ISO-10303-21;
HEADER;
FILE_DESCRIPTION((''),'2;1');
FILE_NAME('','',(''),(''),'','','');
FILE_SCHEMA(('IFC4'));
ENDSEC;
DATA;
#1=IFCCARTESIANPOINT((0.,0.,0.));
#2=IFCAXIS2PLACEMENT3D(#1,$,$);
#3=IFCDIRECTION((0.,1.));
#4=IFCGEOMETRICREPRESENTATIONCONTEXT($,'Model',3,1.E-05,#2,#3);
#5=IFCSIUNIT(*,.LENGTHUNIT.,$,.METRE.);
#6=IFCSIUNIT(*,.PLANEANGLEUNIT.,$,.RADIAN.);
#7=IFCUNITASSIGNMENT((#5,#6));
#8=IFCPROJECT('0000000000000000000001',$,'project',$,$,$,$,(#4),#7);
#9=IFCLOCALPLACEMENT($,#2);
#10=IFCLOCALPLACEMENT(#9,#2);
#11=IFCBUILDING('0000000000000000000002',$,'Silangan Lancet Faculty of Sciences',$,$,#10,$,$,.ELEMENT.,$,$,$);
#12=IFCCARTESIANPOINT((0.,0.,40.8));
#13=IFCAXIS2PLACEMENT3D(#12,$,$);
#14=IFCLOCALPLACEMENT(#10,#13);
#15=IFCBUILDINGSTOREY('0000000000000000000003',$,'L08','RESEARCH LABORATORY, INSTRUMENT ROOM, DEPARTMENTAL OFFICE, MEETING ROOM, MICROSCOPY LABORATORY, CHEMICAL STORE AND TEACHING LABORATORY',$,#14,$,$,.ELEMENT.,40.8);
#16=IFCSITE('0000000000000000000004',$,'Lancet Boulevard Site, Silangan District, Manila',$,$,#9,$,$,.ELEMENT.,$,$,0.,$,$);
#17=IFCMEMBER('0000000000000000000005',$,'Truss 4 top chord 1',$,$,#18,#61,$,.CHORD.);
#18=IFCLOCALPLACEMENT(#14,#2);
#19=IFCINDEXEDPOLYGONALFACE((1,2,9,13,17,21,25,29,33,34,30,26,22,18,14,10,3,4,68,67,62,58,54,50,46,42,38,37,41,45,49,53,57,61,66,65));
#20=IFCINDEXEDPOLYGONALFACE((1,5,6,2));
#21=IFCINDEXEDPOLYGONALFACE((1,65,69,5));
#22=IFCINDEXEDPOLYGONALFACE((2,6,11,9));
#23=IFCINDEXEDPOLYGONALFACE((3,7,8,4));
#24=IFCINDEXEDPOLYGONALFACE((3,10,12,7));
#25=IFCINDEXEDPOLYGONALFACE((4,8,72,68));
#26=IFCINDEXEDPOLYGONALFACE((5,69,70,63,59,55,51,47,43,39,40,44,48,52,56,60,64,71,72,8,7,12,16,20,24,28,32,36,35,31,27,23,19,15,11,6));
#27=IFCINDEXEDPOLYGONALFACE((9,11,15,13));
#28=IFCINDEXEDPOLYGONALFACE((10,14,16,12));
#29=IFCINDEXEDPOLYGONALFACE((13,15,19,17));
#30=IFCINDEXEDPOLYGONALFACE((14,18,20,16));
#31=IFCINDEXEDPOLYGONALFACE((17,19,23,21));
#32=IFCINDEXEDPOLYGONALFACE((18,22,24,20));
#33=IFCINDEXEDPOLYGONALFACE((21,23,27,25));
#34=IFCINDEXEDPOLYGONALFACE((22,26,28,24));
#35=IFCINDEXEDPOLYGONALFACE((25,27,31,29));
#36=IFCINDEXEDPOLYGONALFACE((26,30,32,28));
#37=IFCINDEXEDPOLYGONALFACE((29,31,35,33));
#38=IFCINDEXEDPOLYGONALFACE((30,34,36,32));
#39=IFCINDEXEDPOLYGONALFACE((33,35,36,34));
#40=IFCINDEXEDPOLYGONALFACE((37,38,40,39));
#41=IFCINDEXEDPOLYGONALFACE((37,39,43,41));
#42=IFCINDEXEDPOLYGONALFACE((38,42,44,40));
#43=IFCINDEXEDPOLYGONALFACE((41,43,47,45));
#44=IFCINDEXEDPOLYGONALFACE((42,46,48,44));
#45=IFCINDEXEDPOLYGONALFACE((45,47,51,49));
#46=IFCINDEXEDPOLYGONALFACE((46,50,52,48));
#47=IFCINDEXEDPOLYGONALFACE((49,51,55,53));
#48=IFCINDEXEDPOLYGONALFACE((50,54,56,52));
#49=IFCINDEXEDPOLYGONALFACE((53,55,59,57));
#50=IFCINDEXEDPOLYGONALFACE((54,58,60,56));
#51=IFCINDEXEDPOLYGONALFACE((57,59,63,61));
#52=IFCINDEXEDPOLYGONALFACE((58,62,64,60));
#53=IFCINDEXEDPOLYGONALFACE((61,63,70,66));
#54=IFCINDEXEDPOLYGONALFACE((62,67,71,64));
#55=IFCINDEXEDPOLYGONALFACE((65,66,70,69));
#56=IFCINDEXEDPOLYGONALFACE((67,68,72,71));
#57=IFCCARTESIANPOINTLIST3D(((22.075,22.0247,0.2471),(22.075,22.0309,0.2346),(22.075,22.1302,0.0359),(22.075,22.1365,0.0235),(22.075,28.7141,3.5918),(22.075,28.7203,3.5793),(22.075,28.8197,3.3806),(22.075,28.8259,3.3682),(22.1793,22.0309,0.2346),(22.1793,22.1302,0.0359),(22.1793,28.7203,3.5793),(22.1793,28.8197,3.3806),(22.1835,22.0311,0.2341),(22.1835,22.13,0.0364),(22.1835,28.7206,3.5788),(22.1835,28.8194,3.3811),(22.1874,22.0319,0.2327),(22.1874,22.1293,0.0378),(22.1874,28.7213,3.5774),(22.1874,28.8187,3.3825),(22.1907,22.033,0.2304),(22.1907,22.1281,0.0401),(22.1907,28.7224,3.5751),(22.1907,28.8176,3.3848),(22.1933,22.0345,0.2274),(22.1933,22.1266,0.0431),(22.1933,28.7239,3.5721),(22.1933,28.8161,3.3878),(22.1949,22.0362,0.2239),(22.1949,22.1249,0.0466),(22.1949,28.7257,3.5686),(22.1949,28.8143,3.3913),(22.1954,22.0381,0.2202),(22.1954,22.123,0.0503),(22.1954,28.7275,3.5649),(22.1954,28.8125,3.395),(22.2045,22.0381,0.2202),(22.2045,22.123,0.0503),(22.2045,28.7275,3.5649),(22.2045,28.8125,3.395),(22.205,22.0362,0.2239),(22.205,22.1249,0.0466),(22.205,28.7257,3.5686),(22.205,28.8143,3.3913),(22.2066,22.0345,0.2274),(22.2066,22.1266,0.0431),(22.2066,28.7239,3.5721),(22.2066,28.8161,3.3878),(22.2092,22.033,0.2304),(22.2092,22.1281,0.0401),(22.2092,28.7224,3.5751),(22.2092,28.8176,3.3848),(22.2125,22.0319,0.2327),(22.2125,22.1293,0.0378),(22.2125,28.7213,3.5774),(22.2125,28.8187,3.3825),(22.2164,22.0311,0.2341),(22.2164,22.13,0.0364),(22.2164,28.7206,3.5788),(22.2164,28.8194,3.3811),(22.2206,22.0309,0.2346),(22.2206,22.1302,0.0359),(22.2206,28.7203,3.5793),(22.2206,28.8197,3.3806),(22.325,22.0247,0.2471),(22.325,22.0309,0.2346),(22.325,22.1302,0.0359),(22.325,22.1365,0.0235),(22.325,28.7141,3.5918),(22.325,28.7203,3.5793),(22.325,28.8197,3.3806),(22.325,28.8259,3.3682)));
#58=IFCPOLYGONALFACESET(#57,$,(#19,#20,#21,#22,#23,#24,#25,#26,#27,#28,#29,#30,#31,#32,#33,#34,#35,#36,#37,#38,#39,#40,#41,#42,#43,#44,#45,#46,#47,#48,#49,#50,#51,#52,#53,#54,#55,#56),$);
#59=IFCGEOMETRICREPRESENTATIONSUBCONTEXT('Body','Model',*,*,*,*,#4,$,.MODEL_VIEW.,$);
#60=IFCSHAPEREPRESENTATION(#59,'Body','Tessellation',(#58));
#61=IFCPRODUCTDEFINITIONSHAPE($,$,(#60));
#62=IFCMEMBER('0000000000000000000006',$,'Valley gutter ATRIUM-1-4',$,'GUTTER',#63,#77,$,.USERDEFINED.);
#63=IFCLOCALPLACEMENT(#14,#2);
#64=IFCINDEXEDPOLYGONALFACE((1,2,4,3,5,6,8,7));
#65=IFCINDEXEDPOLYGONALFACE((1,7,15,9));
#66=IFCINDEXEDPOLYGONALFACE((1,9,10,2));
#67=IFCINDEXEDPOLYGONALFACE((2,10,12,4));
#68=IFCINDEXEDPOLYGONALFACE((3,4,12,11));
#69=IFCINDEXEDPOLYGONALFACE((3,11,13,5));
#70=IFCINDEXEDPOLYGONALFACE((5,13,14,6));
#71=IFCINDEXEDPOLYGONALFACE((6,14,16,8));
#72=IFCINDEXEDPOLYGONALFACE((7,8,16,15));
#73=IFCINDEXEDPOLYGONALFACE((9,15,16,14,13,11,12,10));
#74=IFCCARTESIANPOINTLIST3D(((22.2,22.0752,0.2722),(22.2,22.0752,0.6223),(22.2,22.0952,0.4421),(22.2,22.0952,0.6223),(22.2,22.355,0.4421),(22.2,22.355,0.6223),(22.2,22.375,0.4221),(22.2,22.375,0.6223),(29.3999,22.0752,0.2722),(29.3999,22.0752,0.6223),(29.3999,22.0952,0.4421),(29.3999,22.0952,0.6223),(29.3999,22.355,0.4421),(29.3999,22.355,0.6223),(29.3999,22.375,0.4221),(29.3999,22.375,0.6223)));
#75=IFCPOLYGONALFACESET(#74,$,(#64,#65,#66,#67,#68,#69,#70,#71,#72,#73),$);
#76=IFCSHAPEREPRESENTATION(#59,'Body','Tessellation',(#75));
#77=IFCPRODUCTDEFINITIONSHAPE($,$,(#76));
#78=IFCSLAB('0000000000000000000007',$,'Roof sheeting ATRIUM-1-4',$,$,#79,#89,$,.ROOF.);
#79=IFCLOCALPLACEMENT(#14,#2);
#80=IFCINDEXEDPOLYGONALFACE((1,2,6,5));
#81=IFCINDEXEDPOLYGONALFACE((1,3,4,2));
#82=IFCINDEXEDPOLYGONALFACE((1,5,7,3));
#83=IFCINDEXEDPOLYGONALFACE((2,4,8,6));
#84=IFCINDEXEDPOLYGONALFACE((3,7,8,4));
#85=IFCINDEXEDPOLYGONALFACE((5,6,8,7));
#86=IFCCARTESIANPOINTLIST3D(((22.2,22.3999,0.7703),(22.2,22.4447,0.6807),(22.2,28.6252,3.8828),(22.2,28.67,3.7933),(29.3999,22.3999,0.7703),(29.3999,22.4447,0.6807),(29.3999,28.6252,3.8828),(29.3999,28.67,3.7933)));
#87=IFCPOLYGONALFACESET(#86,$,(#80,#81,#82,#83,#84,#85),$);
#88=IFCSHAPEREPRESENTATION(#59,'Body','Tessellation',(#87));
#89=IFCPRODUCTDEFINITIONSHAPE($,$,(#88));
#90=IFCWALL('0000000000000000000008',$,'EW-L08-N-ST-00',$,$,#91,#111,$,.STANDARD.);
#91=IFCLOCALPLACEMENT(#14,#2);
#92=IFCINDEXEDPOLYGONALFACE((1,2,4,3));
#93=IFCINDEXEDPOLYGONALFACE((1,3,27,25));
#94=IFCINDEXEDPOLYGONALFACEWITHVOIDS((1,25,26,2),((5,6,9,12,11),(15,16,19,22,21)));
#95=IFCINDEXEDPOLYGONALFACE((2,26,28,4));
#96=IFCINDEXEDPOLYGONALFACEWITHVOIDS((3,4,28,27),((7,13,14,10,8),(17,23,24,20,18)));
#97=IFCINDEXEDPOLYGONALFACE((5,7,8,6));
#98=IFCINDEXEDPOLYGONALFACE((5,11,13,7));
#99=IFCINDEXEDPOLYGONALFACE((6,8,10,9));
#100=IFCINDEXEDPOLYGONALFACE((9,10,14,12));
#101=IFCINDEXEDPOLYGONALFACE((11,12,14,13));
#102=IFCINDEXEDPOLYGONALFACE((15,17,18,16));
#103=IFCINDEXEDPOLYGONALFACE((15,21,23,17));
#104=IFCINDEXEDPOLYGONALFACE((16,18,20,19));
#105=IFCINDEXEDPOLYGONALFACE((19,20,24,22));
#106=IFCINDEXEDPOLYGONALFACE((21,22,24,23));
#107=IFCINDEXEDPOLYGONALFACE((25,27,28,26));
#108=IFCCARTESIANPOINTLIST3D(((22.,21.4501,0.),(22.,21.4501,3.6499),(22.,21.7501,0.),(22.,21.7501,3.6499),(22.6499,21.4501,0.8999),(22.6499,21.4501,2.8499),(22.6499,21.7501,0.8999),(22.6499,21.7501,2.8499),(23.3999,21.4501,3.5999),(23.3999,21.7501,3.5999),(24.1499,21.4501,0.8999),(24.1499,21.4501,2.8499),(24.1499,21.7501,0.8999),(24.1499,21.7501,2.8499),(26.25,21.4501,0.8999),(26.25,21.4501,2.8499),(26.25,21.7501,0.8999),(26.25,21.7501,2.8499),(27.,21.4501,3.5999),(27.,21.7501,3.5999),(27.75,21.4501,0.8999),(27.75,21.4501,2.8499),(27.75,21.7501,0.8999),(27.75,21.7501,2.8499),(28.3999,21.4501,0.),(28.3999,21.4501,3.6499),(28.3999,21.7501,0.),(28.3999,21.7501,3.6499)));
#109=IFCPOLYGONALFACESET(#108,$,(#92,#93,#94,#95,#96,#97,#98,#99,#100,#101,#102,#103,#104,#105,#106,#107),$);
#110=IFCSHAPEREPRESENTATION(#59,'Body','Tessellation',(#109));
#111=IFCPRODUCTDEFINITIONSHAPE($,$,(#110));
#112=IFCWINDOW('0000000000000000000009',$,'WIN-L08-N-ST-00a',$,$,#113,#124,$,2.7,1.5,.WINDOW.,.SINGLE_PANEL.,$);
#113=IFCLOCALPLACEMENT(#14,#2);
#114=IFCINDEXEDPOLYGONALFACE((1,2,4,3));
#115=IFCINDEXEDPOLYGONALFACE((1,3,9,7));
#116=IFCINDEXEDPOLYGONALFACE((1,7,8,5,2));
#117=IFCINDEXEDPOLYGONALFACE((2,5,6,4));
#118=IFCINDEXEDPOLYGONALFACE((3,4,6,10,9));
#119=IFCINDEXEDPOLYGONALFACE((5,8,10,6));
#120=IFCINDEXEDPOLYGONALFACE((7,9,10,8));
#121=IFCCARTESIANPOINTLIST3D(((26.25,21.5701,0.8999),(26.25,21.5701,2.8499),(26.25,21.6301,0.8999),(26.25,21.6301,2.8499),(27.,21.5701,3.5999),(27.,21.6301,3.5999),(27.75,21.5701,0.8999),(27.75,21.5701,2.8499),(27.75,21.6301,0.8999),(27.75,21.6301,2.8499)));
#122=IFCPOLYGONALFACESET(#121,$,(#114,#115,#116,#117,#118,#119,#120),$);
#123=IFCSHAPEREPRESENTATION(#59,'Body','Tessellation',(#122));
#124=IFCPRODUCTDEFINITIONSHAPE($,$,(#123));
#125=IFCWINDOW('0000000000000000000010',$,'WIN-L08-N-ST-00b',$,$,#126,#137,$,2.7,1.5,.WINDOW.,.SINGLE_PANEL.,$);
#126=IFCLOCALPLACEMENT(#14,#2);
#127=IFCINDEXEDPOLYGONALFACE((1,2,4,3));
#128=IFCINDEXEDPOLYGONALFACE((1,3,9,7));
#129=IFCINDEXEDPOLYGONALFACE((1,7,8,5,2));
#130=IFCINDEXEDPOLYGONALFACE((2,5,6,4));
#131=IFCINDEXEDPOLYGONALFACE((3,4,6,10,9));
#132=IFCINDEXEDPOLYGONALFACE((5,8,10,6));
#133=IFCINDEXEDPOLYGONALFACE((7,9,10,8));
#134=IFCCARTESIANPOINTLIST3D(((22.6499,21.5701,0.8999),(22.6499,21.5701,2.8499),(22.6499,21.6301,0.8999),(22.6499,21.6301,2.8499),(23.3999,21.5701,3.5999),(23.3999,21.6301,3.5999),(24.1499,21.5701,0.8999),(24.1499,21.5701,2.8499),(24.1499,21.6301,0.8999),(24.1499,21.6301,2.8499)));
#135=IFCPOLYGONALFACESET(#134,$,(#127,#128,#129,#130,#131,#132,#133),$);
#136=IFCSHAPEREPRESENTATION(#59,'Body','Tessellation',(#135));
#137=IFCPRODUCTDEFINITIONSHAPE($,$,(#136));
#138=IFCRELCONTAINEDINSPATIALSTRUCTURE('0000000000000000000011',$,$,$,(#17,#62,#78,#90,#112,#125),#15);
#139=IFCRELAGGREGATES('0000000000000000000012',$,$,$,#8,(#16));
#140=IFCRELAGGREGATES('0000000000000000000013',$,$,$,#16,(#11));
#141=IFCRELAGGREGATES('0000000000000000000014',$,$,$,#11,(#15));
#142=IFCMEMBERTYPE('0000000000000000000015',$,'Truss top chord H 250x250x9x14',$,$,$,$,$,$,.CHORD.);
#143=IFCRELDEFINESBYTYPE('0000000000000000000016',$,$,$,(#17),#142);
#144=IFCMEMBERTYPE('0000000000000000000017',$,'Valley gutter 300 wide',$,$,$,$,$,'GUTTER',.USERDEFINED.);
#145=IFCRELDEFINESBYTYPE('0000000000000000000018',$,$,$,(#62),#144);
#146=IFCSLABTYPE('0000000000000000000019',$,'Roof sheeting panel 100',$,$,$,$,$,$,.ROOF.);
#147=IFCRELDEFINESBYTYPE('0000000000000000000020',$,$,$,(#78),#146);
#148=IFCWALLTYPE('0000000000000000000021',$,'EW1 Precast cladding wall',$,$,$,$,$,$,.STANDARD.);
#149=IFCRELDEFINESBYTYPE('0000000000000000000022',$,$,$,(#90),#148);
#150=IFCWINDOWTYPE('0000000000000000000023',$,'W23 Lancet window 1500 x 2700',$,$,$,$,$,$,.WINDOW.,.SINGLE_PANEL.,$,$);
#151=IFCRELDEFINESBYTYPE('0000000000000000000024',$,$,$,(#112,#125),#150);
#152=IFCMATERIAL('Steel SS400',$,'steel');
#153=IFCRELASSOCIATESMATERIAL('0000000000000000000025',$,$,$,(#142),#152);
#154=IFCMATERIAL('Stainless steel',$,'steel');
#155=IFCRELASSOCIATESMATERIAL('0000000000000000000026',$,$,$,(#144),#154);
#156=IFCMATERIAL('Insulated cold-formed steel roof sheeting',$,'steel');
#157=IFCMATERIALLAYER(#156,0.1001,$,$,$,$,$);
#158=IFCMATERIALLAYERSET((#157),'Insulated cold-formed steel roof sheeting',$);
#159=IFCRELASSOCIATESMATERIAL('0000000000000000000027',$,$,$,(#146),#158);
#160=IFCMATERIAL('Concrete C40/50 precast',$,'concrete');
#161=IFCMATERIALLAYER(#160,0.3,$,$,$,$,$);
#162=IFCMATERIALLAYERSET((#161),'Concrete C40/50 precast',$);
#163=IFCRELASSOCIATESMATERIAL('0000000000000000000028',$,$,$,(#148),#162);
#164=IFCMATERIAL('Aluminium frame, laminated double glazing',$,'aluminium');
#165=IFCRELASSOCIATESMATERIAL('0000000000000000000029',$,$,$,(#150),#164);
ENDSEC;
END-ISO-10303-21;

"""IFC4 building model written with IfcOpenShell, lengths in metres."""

from ifc_helpers import new_model, si_unit, direction, frame, frame_2d, origin, origin_2d, place, context, subcontext, project, spatial, polyline, rectangle, i_section, outline, extrude, material, layer, layer_set, material_profile, profile_set, type_object, element, fill, save


model = new_model("IFC4")

# Units and contexts
model_context = context("Model", 3, precision=1e-05, world=origin(), true_north=direction((0.0, 1.0)))
body_context = subcontext(model_context, "Body", "Model", "MODEL_VIEW")
ifc_project = project(units=[si_unit("LENGTHUNIT", "METRE"), si_unit("PLANEANGLEUNIT", "RADIAN")], contexts=[model_context])

# Site, building, storey
site_placement = place(None, origin())
site = spatial("IfcSite", under=ifc_project, at=site_placement, Name="Lancet Boulevard Site, Silangan District, Manila", CompositionType="ELEMENT", RefElevation=0.0)
building_placement = place(site_placement, origin())
building = spatial("IfcBuilding", under=site, at=building_placement, Name="Silangan Lancet Faculty of Sciences", CompositionType="ELEMENT")
storey_placement = place(building_placement, frame((0.0, 0.0, 40.8)))
storey = spatial("IfcBuildingStorey", under=building, at=storey_placement, Name="L08", Description="RESEARCH LABORATORY, INSTRUMENT ROOM, DEPARTMENTAL OFFICE, MEETING ROOM, MICROSCOPY LABORATORY, CHEMICAL STORE AND TEACHING LABORATORY", CompositionType="ELEMENT", Elevation=40.8)

# Members
ifc_material_1 = material(Name="Steel SS400", Category="steel")
ifc_material_profile_1 = material_profile(ifc_material_1, i_section(OverallWidth=0.25, OverallDepth=0.25, WebThickness=0.009, FlangeThickness=0.0139, FilletRadius=0.0161, at=origin_2d()), Name="H 250x250x9x14")
ifc_profile_set_1 = profile_set([ifc_material_profile_1], Name="Steel SS400")
member_type_1 = type_object("IfcMemberType", Name="Truss top chord H 250x250x9x14", PredefinedType="CHORD", material=ifc_profile_set_1)
member_1_placement = place(storey_placement, frame((22.2, 22.0806, 0.1353), z_axis=(0.0, 0.894427, 0.447214), x_axis=(-1.0, 0.0, 0.0)))
element("IfcMember", 1, at=member_1_placement, inside=storey, type_object=member_type_1, Name="Truss 4 top chord 1", PredefinedType="CHORD", context=body_context, shape_type="SweptSolid", body=[
    extrude(i_section(OverallWidth=0.25, OverallDepth=0.25, WebThickness=0.009, FlangeThickness=0.0139, FilletRadius=0.0161, at=origin_2d()), origin(), (0.0, 0.0, 1.0), 7.479),
])
ifc_material_2 = material(Name="Stainless steel", Category="steel")
ifc_material_profile_2 = material_profile(ifc_material_2, outline(polyline([(-0.1499, 0.0), (0.1499, 0.1499), (0.1499, 0.3501), (0.1299, 0.3501), (0.1299, 0.1699), (-0.1299, 0.1699), (-0.1299, 0.3501), (-0.1499, 0.3501), (-0.1499, 0.0)])), Name="valley gutter")
ifc_profile_set_2 = profile_set([ifc_material_profile_2], Name="Stainless steel")
member_type_2 = type_object("IfcMemberType", Name="Valley gutter 300 wide", ElementType="GUTTER", PredefinedType="USERDEFINED", material=ifc_profile_set_2)
member_2_placement = place(storey_placement, frame((22.2, 22.2251, 0.2722), z_axis=(1.0, 0.0, 0.0), x_axis=(0.0, 1.0, 0.0)))
element("IfcMember", 2, at=member_2_placement, inside=storey, type_object=member_type_2, Name="Valley gutter ATRIUM-1-4", ObjectType="GUTTER", PredefinedType="USERDEFINED", context=body_context, shape_type="SweptSolid", body=[
    extrude(outline(polyline([(-0.1499, 0.0), (0.1499, 0.1499), (0.1499, 0.3501), (0.1299, 0.3501), (0.1299, 0.1699), (-0.1299, 0.1699), (-0.1299, 0.3501), (-0.1499, 0.3501), (-0.1499, 0.0)])), origin(), (0.0, 0.0, 1.0), 7.2),
])

# Slab
ifc_material_3 = material(Name="Insulated cold-formed steel roof sheeting", Category="steel")
ifc_layer_1 = layer(ifc_material_3, 0.1001)
ifc_layer_set_1 = layer_set([ifc_layer_1], Name="Insulated cold-formed steel roof sheeting")
slab_type = type_object("IfcSlabType", Name="Roof sheeting panel 100", PredefinedType="ROOF", material=ifc_layer_set_1)
slab_placement = place(storey_placement, frame((22.2, 22.3999, 0.7703), z_axis=(0.0, -0.4472, 0.894434), x_axis=(1.0, 0.0, 0.0)))
element("IfcSlab", 3, at=slab_placement, inside=storey, type_object=slab_type, Name="Roof sheeting ATRIUM-1-4", PredefinedType="ROOF", context=body_context, shape_type="SweptSolid", body=[
    extrude(outline(polyline([(0.0, 0.0), (7.2, 0.0), (7.2, 6.9601), (0.0, 6.9601), (0.0, 0.0)])), origin(), (0.0, 0.0, -1.0), 0.1001),
])

# Wall, openings, windows
ifc_material_4 = material(Name="Concrete C40/50 precast", Category="concrete")
ifc_layer_2 = layer(ifc_material_4, 0.3)
ifc_layer_set_2 = layer_set([ifc_layer_2], Name="Concrete C40/50 precast")
wall_type_1 = type_object("IfcWallType", Name="EW1 Precast cladding wall", PredefinedType="STANDARD", material=ifc_layer_set_2)
wall_1_placement = place(storey_placement, frame((28.3999, 21.6001, 0.0), z_axis=(0.0, 0.0, 1.0), x_axis=(-1.0, 0.0, 0.0)))
wall_1 = element("IfcWall", 4, at=wall_1_placement, inside=storey, type_object=wall_type_1, Name="EW-L08-N-ST-00", PredefinedType="STANDARD", context=body_context, shape_type="SweptSolid", body=[
    extrude(rectangle(XDim=6.3999, YDim=0.3, at=frame_2d((3.2, 0.0))), origin(), (0.0, 0.0, 1.0), 3.6499),
])
opening_1_placement = place(wall_1_placement, frame((0.6499, 0.0, 0.8999)))
opening_1 = element("IfcOpeningElement", 5, at=opening_1_placement, cuts=wall_1, PredefinedType="OPENING", context=body_context, shape_type="SweptSolid", body=[
    extrude(outline(polyline([(0.0, 0.0), (1.5, 0.0), (1.5, 1.95), (0.75, 2.7), (0.0, 1.95), (0.0, 0.0)])), frame((0.0, 0.1599, 0.0), z_axis=(0.0, -1.0, 0.0), x_axis=(1.0, 0.0, 0.0)), (0.0, 0.0, 1.0), 0.3201),
])
opening_2_placement = place(wall_1_placement, frame((4.25, 0.0, 0.8999)))
opening_2 = element("IfcOpeningElement", 6, at=opening_2_placement, cuts=wall_1, PredefinedType="OPENING", context=body_context, shape_type="SweptSolid", body=[
    extrude(outline(polyline([(0.0, 0.0), (1.5, 0.0), (1.5, 1.95), (0.75, 2.7), (0.0, 1.95), (0.0, 0.0)])), frame((0.0, 0.1599, 0.0), z_axis=(0.0, -1.0, 0.0), x_axis=(1.0, 0.0, 0.0)), (0.0, 0.0, 1.0), 0.3201),
])
ifc_material_5 = material(Name="Aluminium frame, laminated double glazing", Category="aluminium")
window_type = type_object("IfcWindowType", Name="W23 Lancet window 1500 x 2700", PartitioningType="SINGLE_PANEL", PredefinedType="WINDOW", material=ifc_material_5)
window_1_placement = place(opening_1_placement, origin())
window_1 = element("IfcWindow", 7, at=window_1_placement, inside=storey, type_object=window_type, Name="WIN-L08-N-ST-00a", OverallHeight=2.7, OverallWidth=1.5, PartitioningType="SINGLE_PANEL", PredefinedType="WINDOW", context=body_context, shape_type="SweptSolid", body=[
    extrude(outline(polyline([(0.0, 0.0), (1.5, 0.0), (1.5, 1.95), (0.75, 2.7), (0.0, 1.95), (0.0, 0.0)])), frame((0.0, 0.03, 0.0), z_axis=(0.0, -1.0, 0.0), x_axis=(1.0, 0.0, 0.0)), (0.0, 0.0, 1.0), 0.0601),
])
fill(opening_1, window_1)
window_2_placement = place(opening_2_placement, origin())
window_2 = element("IfcWindow", 8, at=window_2_placement, inside=storey, type_object=window_type, Name="WIN-L08-N-ST-00b", OverallHeight=2.7, OverallWidth=1.5, PartitioningType="SINGLE_PANEL", PredefinedType="WINDOW", context=body_context, shape_type="SweptSolid", body=[
    extrude(outline(polyline([(0.0, 0.0), (1.5, 0.0), (1.5, 1.95), (0.75, 2.7), (0.0, 1.95), (0.0, 0.0)])), frame((0.0, 0.03, 0.0), z_axis=(0.0, -1.0, 0.0), x_axis=(1.0, 0.0, 0.0)), (0.0, 0.0, 1.0), 0.0601),
])
fill(opening_2, window_2)

save(model, "model.ifc")
